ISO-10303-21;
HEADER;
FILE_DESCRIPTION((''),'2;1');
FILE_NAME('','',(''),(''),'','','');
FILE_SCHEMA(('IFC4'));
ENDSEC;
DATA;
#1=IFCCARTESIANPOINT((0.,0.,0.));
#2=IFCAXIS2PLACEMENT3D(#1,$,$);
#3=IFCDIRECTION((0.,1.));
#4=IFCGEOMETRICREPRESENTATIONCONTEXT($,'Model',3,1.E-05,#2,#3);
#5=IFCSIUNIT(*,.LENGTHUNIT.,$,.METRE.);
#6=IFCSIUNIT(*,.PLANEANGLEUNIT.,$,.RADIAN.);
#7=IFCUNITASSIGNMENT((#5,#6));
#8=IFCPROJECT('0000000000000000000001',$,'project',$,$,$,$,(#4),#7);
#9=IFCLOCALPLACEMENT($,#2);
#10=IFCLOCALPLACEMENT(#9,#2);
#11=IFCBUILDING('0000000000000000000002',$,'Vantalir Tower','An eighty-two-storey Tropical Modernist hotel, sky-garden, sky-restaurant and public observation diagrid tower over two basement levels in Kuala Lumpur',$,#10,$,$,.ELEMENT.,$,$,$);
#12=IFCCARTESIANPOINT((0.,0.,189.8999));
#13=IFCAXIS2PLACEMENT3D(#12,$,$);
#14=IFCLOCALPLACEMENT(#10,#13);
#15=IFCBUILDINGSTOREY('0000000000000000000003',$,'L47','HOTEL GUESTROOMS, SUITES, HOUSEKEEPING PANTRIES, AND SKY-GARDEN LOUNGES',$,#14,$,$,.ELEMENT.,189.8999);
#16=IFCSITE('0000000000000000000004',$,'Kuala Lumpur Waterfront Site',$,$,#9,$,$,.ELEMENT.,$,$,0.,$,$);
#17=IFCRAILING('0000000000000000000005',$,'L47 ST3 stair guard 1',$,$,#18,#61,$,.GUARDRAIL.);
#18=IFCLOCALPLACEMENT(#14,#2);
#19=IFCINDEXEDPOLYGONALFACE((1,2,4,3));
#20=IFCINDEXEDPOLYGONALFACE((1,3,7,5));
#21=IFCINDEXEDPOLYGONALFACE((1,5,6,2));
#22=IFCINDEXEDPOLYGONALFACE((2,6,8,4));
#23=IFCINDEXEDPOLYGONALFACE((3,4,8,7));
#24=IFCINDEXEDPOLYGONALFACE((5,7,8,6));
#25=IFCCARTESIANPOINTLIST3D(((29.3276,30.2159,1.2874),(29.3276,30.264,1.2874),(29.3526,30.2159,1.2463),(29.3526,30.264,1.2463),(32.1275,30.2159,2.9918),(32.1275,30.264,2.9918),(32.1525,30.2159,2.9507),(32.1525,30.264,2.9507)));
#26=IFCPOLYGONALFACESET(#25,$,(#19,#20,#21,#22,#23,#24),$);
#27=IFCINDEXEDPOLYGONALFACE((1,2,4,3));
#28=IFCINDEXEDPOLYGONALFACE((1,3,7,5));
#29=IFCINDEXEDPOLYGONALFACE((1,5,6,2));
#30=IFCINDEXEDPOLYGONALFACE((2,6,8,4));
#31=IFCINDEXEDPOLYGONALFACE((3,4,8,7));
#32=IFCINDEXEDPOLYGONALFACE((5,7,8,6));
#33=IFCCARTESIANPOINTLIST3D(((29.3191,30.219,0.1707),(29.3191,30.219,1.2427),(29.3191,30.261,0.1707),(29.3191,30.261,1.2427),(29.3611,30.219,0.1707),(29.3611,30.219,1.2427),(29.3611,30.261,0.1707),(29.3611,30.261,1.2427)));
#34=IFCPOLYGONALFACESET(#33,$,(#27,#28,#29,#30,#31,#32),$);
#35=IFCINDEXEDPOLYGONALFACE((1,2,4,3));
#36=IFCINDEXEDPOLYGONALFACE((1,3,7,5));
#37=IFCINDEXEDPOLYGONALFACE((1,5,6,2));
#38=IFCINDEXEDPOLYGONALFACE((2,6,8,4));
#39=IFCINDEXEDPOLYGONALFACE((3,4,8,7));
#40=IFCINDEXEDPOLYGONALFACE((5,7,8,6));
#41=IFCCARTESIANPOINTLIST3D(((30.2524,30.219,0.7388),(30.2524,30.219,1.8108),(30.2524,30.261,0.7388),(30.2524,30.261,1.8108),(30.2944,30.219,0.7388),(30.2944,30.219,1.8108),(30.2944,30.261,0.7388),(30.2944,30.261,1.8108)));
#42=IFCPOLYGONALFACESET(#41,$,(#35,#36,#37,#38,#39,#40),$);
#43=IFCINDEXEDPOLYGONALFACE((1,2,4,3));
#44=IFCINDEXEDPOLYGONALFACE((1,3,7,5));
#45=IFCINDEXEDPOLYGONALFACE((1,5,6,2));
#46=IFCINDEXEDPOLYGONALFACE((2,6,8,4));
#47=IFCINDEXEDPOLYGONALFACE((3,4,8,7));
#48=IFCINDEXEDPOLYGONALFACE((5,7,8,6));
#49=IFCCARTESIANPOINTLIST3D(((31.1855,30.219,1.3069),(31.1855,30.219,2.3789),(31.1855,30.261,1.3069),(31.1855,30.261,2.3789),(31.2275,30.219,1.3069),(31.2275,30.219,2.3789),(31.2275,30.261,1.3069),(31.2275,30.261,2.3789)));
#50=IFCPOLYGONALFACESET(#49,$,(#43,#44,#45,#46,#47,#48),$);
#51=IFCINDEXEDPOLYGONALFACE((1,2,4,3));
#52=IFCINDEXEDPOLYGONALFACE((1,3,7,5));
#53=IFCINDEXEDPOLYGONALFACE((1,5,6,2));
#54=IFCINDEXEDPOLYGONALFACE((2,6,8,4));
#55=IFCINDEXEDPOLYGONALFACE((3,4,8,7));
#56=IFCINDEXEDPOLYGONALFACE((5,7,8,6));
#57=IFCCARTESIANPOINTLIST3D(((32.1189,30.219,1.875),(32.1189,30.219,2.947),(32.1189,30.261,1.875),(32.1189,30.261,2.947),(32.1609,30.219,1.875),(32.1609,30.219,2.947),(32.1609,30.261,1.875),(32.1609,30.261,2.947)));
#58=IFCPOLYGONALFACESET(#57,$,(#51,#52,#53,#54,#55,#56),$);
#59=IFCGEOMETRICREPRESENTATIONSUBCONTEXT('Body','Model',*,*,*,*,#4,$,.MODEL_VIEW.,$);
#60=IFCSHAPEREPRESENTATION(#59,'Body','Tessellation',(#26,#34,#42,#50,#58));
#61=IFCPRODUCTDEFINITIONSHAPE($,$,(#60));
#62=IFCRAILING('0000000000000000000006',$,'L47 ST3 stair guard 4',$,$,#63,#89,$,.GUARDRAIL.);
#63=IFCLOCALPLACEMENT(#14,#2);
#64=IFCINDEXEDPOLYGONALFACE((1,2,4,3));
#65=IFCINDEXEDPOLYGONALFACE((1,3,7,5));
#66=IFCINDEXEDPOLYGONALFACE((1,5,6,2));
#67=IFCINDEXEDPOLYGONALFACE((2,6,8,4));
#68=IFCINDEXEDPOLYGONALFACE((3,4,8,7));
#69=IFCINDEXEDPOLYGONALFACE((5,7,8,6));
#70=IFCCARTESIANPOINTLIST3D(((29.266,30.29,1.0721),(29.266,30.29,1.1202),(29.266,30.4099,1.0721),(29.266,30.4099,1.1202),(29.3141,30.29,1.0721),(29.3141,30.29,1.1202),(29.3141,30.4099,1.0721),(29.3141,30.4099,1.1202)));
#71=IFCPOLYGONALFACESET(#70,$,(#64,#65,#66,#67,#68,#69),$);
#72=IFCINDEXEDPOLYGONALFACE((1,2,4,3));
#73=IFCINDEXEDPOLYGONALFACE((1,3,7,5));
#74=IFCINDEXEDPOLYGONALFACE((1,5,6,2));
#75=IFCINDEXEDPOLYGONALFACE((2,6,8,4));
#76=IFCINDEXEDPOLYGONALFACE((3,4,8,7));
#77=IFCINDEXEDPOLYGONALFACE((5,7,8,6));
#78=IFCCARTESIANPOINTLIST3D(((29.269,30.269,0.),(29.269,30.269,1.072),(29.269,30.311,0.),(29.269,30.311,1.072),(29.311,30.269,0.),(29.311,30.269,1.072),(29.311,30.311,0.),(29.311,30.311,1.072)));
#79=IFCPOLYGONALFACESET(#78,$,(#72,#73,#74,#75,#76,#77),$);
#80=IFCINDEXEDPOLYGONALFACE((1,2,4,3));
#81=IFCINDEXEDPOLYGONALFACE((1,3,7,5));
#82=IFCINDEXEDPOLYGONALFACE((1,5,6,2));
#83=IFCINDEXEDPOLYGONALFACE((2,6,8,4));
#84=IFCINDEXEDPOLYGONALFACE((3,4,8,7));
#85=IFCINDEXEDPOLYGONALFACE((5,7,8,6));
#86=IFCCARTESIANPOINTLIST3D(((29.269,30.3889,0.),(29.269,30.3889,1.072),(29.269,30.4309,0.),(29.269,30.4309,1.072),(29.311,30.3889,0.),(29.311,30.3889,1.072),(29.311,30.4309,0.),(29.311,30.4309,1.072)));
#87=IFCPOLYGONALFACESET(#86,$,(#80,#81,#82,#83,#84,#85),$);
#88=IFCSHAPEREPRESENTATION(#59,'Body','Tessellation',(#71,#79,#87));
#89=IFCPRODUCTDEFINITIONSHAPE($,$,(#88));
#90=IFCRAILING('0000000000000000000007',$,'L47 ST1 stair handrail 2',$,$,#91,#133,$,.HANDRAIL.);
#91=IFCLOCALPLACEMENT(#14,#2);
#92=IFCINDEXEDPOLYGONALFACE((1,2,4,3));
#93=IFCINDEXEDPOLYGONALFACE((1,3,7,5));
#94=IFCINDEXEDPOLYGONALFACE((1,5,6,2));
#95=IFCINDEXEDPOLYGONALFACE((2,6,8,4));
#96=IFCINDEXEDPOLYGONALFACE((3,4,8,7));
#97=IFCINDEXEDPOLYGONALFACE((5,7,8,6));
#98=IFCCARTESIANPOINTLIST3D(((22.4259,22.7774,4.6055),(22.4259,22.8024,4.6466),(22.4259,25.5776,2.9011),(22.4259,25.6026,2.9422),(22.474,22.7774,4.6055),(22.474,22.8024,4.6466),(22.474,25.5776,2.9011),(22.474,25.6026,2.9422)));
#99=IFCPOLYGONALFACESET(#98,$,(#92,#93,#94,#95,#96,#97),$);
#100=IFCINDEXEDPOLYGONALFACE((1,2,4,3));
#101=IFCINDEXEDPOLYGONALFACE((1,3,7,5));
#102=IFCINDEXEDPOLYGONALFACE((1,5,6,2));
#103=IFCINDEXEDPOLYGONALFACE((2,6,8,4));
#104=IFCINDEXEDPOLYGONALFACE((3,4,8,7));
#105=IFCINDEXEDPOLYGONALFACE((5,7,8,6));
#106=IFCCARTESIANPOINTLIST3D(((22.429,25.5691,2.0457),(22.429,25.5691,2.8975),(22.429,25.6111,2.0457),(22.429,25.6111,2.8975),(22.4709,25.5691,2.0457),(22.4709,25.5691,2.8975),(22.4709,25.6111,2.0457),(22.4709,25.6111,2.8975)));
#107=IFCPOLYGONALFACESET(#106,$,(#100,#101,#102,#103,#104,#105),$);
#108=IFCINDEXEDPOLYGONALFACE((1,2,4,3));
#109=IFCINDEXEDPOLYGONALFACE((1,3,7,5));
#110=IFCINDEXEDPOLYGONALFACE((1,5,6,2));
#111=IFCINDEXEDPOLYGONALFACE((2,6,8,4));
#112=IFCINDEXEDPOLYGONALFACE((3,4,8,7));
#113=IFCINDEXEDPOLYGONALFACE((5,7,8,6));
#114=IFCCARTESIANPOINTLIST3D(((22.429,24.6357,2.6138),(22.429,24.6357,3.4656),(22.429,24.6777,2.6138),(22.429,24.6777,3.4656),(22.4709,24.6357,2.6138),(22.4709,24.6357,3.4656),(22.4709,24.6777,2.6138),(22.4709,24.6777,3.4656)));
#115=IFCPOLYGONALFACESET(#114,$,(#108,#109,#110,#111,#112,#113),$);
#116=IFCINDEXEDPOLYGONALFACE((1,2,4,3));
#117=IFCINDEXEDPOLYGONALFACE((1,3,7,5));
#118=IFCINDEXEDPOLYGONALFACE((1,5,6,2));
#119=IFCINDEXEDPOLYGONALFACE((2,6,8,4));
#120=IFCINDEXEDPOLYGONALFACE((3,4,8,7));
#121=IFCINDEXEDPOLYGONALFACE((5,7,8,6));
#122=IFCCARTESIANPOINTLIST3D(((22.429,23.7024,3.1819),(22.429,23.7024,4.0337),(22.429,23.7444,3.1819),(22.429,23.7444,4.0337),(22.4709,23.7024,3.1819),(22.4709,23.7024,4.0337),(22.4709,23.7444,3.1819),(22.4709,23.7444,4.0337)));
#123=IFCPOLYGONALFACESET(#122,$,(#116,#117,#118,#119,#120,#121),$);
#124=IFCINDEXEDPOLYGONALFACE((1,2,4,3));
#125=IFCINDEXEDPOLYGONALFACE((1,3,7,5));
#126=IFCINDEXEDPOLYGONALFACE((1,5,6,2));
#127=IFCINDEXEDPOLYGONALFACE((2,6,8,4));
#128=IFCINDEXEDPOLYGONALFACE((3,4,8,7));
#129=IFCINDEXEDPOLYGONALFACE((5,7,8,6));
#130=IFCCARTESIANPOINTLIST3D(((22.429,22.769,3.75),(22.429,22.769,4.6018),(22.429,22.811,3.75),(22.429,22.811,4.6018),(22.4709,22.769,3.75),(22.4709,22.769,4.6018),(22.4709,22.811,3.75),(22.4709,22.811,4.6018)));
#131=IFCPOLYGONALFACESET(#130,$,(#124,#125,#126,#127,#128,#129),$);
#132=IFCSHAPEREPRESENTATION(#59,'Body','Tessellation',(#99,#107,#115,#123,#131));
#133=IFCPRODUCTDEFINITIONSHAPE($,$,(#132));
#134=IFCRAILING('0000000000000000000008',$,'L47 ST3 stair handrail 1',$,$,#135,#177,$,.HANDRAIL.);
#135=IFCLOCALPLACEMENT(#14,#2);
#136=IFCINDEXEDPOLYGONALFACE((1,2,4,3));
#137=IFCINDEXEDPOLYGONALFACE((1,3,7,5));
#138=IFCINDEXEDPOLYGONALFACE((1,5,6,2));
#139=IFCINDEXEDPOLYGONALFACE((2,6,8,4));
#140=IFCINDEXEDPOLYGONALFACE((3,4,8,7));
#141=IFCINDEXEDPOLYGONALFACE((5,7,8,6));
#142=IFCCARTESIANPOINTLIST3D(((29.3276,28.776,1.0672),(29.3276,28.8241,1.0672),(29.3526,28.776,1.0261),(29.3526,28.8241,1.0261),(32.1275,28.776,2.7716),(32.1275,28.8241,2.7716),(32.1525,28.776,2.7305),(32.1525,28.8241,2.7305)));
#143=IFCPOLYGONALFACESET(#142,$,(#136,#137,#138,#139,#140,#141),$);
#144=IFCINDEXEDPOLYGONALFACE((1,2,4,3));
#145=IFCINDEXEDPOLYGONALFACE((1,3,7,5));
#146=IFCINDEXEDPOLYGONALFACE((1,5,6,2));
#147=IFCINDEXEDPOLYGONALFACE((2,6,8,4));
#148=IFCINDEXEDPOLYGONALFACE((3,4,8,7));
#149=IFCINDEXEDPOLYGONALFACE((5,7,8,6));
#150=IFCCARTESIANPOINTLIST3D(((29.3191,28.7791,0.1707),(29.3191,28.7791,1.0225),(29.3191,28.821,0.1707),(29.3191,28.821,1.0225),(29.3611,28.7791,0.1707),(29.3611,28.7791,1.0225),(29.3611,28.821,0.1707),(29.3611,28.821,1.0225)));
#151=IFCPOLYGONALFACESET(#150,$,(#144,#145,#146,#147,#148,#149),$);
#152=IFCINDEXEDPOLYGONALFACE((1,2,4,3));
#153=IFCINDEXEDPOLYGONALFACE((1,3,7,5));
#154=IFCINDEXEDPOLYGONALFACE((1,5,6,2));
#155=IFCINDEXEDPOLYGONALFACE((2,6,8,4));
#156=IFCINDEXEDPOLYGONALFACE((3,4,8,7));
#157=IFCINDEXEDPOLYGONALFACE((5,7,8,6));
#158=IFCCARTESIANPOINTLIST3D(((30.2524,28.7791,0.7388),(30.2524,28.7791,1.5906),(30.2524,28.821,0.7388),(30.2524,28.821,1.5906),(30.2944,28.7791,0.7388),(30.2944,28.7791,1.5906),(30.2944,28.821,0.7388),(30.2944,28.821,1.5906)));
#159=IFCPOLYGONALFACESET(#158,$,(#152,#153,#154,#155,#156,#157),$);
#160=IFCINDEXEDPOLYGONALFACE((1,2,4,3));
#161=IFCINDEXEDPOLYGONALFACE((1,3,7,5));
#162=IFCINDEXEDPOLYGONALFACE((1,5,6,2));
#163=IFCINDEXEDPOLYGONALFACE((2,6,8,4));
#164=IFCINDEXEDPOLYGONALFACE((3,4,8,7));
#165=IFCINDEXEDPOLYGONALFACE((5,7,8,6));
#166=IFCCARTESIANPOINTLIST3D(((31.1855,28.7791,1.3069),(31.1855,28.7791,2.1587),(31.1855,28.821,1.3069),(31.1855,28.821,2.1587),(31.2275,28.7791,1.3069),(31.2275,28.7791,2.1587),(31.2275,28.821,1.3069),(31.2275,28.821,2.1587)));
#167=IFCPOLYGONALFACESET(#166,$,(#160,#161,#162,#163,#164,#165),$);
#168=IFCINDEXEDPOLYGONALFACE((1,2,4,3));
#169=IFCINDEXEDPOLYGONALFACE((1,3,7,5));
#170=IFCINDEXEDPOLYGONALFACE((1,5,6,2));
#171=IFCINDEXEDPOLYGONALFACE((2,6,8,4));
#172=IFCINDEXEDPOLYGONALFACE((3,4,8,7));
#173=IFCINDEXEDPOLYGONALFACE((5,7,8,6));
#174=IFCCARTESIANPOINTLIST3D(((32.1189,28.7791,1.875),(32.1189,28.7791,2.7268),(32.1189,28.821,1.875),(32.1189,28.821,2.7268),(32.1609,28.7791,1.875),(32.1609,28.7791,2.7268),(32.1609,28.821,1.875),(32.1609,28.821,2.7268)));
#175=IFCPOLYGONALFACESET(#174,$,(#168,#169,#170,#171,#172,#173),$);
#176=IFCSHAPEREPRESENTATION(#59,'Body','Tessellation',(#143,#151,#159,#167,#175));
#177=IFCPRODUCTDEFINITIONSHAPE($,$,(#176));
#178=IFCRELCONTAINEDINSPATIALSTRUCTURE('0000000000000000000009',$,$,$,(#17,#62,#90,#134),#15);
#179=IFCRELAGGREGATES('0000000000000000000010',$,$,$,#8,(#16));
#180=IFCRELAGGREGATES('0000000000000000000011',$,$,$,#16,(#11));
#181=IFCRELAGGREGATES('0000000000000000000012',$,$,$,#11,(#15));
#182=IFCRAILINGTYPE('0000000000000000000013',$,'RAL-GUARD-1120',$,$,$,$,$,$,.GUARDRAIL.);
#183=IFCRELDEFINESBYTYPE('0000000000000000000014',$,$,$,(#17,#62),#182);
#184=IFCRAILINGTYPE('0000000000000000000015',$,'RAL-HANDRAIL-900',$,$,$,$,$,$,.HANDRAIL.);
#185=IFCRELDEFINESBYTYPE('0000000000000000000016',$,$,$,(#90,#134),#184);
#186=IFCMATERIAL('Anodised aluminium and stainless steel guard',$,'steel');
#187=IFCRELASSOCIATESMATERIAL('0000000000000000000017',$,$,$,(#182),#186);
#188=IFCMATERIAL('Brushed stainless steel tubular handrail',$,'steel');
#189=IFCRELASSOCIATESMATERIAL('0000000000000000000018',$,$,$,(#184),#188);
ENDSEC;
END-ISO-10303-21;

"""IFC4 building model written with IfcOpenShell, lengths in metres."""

from ifc_helpers import new_model, si_unit, direction, frame, origin, origin_2d, place, context, subcontext, project, spatial, rectangle, extrude, material, type_object, element, save


model = new_model("IFC4")

# Units and contexts
model_context = context("Model", 3, precision=1e-05, world=origin(), true_north=direction((0.0, 1.0)))
body_context = subcontext(model_context, "Body", "Model", "MODEL_VIEW")
ifc_project = project(units=[si_unit("LENGTHUNIT", "METRE"), si_unit("PLANEANGLEUNIT", "RADIAN")], contexts=[model_context])

# Site, building, storey
site_placement = place(None, origin())
site = spatial("IfcSite", under=ifc_project, at=site_placement, Name="Kuala Lumpur Waterfront Site", CompositionType="ELEMENT", RefElevation=0.0)
building_placement = place(site_placement, origin())
building = spatial("IfcBuilding", under=site, at=building_placement, Name="Vantalir Tower", Description="An eighty-two-storey Tropical Modernist hotel, sky-garden, sky-restaurant and public observation diagrid tower over two basement levels in Kuala Lumpur", CompositionType="ELEMENT")
storey_placement = place(building_placement, frame((0.0, 0.0, 189.8999)))
storey = spatial("IfcBuildingStorey", under=building, at=storey_placement, Name="L47", Description="HOTEL GUESTROOMS, SUITES, HOUSEKEEPING PANTRIES, AND SKY-GARDEN LOUNGES", CompositionType="ELEMENT", Elevation=189.8999)

# Railings
ifc_material_1 = material(Name="Anodised aluminium and stainless steel guard", Category="steel")
railing_type_1 = type_object("IfcRailingType", Name="RAL-GUARD-1120", PredefinedType="GUARDRAIL", material=ifc_material_1)
railing_1_placement = place(storey_placement, frame((29.3401, 30.24, 0.1707)))
element("IfcRailing", 1, at=railing_1_placement, inside=storey, type_object=railing_type_1, Name="L47 ST3 stair guard 1", PredefinedType="GUARDRAIL", context=body_context, shape_type="SweptSolid", body=[
    extrude(rectangle(XDim=0.0481, YDim=0.0481, at=origin_2d()), frame((0.0, 0.0, 1.0962), z_axis=(0.854183, 0.0, 0.519973), x_axis=(0.0, 1.0, 0.0)), (0.0, 0.0, 1.0), 3.2778),
    extrude(rectangle(XDim=0.042, YDim=0.042, at=origin_2d()), origin(), (0.0, 0.0, 1.0), 1.072),
    extrude(rectangle(XDim=0.042, YDim=0.042, at=origin_2d()), frame((0.9333, 0.0, 0.5681)), (0.0, 0.0, 1.0), 1.072),
    extrude(rectangle(XDim=0.042, YDim=0.042, at=origin_2d()), frame((1.8665, 0.0, 1.1362)), (0.0, 0.0, 1.0), 1.072),
    extrude(rectangle(XDim=0.042, YDim=0.042, at=origin_2d()), frame((2.7998, 0.0, 1.7043)), (0.0, 0.0, 1.0), 1.072),
])
railing_2_placement = place(storey_placement, frame((29.29, 30.29, 0.0)))
element("IfcRailing", 2, at=railing_2_placement, inside=storey, type_object=railing_type_1, Name="L47 ST3 stair guard 4", PredefinedType="GUARDRAIL", context=body_context, shape_type="SweptSolid", body=[
    extrude(rectangle(XDim=0.0481, YDim=0.0481, at=origin_2d()), frame((0.0, 0.0, 1.0962), z_axis=(0.0, 1.0, 0.0), x_axis=(-1.0, 0.0, 0.0)), (0.0, 0.0, 1.0), 0.1199),
    extrude(rectangle(XDim=0.042, YDim=0.042, at=origin_2d()), origin(), (0.0, 0.0, 1.0), 1.072),
    extrude(rectangle(XDim=0.042, YDim=0.042, at=origin_2d()), frame((0.0, 0.1199, 0.0)), (0.0, 0.0, 1.0), 1.072),
])
ifc_material_2 = material(Name="Brushed stainless steel tubular handrail", Category="steel")
railing_type_2 = type_object("IfcRailingType", Name="RAL-HANDRAIL-900", PredefinedType="HANDRAIL", material=ifc_material_2)
railing_3_placement = place(storey_placement, frame((22.45, 25.5901, 2.0457)))
element("IfcRailing", 3, at=railing_3_placement, inside=storey, type_object=railing_type_2, Name="L47 ST1 stair handrail 2", PredefinedType="HANDRAIL", context=body_context, shape_type="SweptSolid", body=[
    extrude(rectangle(XDim=0.0481, YDim=0.0481, at=origin_2d()), frame((0.0, 0.0, 0.876), z_axis=(0.0, -0.854203, 0.51994), x_axis=(1.0, 0.0, 0.0)), (0.0, 0.0, 1.0), 3.2781),
    extrude(rectangle(XDim=0.042, YDim=0.042, at=origin_2d()), origin(), (0.0, 0.0, 1.0), 0.8518),
    extrude(rectangle(XDim=0.042, YDim=0.042, at=origin_2d()), frame((0.0, -0.9333, 0.5681)), (0.0, 0.0, 1.0), 0.8518),
    extrude(rectangle(XDim=0.042, YDim=0.042, at=origin_2d()), frame((0.0, -1.8667, 1.1362)), (0.0, 0.0, 1.0), 0.8518),
    extrude(rectangle(XDim=0.042, YDim=0.042, at=origin_2d()), frame((0.0, -2.8, 1.7043)), (0.0, 0.0, 1.0), 0.8518),
])
railing_4_placement = place(storey_placement, frame((29.3401, 28.8, 0.1707)))
element("IfcRailing", 4, at=railing_4_placement, inside=storey, type_object=railing_type_2, Name="L47 ST3 stair handrail 1", PredefinedType="HANDRAIL", context=body_context, shape_type="SweptSolid", body=[
    extrude(rectangle(XDim=0.0481, YDim=0.0481, at=origin_2d()), frame((0.0, 0.0, 0.876), z_axis=(0.854183, 0.0, 0.519973), x_axis=(0.0, 1.0, 0.0)), (0.0, 0.0, 1.0), 3.2778),
    extrude(rectangle(XDim=0.042, YDim=0.042, at=origin_2d()), origin(), (0.0, 0.0, 1.0), 0.8518),
    extrude(rectangle(XDim=0.042, YDim=0.042, at=origin_2d()), frame((0.9333, 0.0, 0.5681)), (0.0, 0.0, 1.0), 0.8518),
    extrude(rectangle(XDim=0.042, YDim=0.042, at=origin_2d()), frame((1.8665, 0.0, 1.1362)), (0.0, 0.0, 1.0), 0.8518),
    extrude(rectangle(XDim=0.042, YDim=0.042, at=origin_2d()), frame((2.7998, 0.0, 1.7043)), (0.0, 0.0, 1.0), 0.8518),
])

save(model, "model.ifc")
